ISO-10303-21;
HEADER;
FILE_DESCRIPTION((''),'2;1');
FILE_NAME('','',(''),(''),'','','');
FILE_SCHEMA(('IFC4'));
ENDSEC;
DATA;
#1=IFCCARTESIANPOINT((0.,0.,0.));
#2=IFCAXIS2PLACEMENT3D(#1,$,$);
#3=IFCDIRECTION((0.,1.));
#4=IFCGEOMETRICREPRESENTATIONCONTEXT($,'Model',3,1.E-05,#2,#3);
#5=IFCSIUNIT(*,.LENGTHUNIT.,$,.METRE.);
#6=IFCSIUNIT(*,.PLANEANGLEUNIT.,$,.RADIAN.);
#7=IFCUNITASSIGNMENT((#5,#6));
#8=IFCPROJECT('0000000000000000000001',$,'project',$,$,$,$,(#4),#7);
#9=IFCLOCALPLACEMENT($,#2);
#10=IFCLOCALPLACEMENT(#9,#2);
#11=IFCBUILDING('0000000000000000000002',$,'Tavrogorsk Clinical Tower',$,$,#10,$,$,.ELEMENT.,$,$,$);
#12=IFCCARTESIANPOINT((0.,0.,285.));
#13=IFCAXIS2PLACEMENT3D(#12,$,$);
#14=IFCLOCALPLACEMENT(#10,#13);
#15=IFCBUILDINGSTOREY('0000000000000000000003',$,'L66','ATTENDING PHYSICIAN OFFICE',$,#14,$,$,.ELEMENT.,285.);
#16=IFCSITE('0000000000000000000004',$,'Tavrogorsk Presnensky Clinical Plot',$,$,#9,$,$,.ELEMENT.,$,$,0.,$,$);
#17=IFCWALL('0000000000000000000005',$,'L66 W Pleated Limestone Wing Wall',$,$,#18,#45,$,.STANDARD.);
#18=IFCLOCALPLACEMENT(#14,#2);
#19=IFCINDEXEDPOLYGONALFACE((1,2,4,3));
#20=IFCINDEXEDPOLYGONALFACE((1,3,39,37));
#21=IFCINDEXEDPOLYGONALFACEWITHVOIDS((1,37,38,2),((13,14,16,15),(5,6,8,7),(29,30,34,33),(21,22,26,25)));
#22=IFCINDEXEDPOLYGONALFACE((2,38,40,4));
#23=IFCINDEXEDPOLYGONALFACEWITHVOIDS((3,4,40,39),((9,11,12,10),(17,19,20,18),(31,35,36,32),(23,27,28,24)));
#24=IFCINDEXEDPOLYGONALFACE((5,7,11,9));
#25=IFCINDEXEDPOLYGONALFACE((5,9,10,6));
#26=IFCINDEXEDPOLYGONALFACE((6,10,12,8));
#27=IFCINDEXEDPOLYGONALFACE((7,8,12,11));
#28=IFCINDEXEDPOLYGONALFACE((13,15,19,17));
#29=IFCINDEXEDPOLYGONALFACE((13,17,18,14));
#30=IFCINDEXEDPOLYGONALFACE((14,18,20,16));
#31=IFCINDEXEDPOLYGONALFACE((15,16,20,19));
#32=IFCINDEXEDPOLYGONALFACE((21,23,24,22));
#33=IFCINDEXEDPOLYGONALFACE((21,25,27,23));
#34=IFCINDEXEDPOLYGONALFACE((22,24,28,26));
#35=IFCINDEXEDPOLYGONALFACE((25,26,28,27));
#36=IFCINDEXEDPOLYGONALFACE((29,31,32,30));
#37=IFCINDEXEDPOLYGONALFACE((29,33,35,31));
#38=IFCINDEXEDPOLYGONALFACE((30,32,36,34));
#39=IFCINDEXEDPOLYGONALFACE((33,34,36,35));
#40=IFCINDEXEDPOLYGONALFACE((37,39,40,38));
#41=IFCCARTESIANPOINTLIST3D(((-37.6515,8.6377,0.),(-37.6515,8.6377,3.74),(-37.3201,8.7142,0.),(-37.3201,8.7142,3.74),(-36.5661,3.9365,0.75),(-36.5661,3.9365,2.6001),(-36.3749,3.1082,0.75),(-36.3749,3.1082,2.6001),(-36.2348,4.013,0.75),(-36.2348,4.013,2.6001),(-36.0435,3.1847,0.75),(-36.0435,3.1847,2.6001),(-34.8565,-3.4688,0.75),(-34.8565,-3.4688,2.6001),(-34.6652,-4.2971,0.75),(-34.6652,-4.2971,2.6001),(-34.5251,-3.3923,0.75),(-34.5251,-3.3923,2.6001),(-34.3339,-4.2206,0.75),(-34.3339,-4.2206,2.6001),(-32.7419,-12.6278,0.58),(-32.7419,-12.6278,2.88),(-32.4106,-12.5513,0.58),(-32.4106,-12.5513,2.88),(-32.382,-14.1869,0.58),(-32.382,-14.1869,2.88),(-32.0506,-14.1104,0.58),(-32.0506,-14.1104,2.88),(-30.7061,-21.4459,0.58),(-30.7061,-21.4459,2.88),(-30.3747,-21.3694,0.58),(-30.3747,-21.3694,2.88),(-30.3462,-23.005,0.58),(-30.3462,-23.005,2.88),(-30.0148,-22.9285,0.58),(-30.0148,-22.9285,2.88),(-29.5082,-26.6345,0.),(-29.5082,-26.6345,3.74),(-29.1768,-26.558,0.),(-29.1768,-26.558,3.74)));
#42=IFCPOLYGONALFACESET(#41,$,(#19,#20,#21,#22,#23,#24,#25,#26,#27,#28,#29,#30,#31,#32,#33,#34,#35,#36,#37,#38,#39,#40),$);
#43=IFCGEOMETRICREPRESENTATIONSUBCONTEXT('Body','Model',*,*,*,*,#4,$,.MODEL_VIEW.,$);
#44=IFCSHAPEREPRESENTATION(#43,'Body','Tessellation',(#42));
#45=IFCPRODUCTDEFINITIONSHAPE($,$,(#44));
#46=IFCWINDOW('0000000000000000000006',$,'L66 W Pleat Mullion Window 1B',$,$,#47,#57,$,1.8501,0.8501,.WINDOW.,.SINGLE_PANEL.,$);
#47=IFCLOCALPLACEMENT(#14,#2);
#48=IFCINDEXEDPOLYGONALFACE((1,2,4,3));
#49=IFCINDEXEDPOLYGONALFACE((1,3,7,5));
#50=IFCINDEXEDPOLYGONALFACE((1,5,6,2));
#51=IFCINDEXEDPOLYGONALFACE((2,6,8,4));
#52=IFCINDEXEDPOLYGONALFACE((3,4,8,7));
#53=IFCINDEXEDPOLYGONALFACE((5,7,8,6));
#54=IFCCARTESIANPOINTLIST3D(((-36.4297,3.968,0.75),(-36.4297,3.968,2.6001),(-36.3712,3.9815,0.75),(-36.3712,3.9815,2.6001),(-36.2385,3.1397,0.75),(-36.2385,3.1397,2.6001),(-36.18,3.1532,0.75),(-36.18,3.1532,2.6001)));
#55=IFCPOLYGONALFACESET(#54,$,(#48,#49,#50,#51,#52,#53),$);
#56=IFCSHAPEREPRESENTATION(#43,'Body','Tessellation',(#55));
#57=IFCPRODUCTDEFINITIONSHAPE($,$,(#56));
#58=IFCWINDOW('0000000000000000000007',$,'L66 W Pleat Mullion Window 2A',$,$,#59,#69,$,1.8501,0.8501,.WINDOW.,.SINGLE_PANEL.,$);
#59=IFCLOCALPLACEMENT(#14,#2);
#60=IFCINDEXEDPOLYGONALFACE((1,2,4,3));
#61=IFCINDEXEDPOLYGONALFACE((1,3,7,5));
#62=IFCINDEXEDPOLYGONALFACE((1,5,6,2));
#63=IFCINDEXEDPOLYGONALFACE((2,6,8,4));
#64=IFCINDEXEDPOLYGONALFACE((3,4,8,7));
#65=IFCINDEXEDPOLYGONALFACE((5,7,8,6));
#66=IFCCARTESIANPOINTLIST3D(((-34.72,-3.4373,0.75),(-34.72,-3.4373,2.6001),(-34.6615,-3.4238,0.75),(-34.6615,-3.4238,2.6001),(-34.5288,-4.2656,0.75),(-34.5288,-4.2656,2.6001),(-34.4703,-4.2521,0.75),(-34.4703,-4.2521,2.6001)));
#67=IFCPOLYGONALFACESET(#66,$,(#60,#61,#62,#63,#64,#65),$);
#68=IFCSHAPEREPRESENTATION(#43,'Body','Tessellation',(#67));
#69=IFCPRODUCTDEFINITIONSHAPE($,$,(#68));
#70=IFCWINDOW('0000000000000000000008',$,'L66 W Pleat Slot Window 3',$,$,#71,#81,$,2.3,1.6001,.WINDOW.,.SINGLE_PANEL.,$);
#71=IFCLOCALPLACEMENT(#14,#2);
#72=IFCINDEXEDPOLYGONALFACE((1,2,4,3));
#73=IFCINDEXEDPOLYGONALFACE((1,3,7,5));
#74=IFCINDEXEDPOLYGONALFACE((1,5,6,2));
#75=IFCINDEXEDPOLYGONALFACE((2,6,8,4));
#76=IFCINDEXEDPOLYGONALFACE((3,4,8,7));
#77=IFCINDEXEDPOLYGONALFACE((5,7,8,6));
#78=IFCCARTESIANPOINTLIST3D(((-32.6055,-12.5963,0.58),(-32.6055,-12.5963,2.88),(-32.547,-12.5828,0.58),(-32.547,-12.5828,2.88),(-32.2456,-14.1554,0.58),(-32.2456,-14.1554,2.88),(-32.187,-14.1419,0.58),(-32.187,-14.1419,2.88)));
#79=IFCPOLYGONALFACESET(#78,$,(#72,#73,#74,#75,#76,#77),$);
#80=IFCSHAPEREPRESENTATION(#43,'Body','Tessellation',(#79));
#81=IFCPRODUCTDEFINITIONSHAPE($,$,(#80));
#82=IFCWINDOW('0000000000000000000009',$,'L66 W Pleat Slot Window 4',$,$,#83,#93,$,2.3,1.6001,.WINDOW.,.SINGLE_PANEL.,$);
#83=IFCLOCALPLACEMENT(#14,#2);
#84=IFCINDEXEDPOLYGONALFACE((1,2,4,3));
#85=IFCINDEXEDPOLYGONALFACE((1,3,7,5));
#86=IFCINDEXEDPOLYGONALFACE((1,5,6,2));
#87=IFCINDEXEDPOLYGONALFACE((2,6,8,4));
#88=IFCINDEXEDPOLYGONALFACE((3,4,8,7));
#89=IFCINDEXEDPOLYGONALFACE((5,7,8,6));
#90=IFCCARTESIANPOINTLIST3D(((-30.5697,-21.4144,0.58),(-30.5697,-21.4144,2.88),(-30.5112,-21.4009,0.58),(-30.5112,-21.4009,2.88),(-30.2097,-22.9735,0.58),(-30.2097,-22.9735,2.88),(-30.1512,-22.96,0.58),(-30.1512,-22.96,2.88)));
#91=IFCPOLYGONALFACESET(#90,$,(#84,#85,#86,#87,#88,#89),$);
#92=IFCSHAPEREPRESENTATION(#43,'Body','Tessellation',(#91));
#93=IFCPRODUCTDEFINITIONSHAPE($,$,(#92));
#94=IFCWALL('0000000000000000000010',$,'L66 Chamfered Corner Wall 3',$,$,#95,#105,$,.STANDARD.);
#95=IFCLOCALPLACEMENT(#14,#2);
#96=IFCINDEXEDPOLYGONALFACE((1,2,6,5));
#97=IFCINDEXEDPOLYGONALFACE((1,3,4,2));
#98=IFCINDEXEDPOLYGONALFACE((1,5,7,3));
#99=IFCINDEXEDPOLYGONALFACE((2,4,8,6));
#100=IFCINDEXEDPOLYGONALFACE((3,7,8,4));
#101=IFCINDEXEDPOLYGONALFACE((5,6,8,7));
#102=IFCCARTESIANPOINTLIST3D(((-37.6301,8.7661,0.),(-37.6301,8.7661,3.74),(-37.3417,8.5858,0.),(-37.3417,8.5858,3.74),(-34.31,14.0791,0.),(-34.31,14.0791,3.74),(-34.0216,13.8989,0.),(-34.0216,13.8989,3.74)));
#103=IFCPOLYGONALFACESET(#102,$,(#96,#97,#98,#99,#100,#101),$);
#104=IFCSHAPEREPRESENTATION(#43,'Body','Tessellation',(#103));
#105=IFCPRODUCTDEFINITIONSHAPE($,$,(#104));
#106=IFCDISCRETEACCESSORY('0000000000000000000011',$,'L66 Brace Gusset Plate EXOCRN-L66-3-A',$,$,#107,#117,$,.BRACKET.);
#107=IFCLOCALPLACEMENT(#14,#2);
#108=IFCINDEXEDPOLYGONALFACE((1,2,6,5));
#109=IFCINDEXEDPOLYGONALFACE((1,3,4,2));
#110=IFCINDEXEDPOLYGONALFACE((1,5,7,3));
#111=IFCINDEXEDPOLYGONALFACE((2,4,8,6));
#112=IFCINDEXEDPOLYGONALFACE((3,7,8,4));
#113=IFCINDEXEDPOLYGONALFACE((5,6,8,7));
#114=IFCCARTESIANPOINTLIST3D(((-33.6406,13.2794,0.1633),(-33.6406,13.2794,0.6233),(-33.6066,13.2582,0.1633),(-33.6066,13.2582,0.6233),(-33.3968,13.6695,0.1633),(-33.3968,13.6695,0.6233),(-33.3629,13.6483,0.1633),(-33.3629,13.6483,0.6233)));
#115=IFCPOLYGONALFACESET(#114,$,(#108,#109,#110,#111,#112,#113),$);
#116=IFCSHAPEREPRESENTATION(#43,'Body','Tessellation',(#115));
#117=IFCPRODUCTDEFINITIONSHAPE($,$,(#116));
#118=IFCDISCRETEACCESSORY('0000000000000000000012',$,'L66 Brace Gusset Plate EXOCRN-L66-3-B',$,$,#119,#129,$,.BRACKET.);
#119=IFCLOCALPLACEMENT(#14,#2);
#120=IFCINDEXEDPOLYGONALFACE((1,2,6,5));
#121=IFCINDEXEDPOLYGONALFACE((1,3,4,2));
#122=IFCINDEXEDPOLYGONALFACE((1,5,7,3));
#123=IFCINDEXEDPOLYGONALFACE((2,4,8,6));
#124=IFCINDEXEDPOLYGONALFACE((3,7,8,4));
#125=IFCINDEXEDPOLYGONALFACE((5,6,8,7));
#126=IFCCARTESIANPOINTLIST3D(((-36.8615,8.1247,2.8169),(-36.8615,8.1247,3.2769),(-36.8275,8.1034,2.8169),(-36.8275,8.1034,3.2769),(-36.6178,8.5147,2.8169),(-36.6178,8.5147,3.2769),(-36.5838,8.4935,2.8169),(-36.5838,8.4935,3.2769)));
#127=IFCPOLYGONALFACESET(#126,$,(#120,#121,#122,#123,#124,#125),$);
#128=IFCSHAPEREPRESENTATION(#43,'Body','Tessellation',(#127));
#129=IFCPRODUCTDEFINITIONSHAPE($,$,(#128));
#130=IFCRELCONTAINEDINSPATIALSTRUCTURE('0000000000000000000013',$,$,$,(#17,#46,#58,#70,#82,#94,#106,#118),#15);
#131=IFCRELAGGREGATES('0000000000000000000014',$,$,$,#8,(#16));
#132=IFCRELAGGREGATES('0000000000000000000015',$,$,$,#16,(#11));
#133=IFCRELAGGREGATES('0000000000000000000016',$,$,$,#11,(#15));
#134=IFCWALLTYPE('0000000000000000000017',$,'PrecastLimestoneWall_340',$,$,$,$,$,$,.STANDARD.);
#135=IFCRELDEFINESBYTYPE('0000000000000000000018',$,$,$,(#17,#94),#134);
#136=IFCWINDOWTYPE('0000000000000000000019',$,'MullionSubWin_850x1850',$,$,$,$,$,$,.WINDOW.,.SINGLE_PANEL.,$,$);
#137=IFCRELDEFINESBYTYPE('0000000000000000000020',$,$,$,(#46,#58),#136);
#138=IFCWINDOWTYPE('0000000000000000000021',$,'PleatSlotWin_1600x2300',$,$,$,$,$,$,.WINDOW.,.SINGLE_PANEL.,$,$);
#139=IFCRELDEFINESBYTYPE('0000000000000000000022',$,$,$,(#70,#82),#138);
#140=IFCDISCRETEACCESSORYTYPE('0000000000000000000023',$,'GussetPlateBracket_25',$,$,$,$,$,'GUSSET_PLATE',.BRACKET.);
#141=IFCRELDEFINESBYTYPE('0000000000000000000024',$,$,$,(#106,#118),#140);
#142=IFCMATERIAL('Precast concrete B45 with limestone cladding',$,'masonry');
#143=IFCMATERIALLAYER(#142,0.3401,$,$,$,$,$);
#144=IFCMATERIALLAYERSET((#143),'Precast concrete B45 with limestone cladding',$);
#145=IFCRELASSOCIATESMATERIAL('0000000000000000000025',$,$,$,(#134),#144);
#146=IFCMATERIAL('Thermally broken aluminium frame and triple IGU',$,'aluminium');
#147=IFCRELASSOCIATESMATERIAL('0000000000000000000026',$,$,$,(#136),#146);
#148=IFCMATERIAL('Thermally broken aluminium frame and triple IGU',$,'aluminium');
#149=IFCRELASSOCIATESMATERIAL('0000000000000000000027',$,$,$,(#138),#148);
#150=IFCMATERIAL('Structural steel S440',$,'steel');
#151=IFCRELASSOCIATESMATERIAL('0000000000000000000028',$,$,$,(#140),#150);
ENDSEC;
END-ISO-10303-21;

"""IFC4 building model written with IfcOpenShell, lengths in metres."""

from ifc_helpers import new_model, si_unit, direction, frame, frame_2d, origin, origin_2d, place, context, subcontext, project, spatial, rectangle, extrude, material, layer, layer_set, type_object, element, fill, save


model = new_model("IFC4")

# Units and contexts
model_context = context("Model", 3, precision=1e-05, world=origin(), true_north=direction((0.0, 1.0)))
body_context = subcontext(model_context, "Body", "Model", "MODEL_VIEW")
ifc_project = project(units=[si_unit("LENGTHUNIT", "METRE"), si_unit("PLANEANGLEUNIT", "RADIAN")], contexts=[model_context])

# Site, building, storey
site_placement = place(None, origin())
site = spatial("IfcSite", under=ifc_project, at=site_placement, Name="Tavrogorsk Presnensky Clinical Plot", CompositionType="ELEMENT", RefElevation=0.0)
building_placement = place(site_placement, origin())
building = spatial("IfcBuilding", under=site, at=building_placement, Name="Tavrogorsk Clinical Tower", CompositionType="ELEMENT")
storey_placement = place(building_placement, frame((0.0, 0.0, 285.0)))
storey = spatial("IfcBuildingStorey", under=building, at=storey_placement, Name="L66", Description="ATTENDING PHYSICIAN OFFICE", CompositionType="ELEMENT", Elevation=285.0)

# Wall, openings, windows
ifc_material_1 = material(Name="Precast concrete B45 with limestone cladding", Category="masonry")
ifc_layer_1 = layer(ifc_material_1, 0.3401)
ifc_layer_set_1 = layer_set([ifc_layer_1], Name="Precast concrete B45 with limestone cladding")
wall_type_1 = type_object("IfcWallType", Name="PrecastLimestoneWall_340", PredefinedType="STANDARD", material=ifc_layer_set_1)
wall_1_placement = place(storey_placement, frame((-37.4858, 8.676, 0.0), z_axis=(0.0, 0.0, 1.0), x_axis=(0.224953, -0.97437, 0.0)))
wall_1 = element("IfcWall", 1, at=wall_1_placement, inside=storey, type_object=wall_type_1, Name="L66 W Pleated Limestone Wing Wall", PredefinedType="STANDARD", context=body_context, shape_type="SweptSolid", body=[
    extrude(rectangle(XDim=36.2, YDim=0.3401, at=frame_2d((18.1001, 0.0))), origin(), (0.0, 0.0, 1.0), 3.74),
])
opening_1_placement = place(wall_1_placement, frame((4.825, 0.0, 0.75)))
opening_1 = element("IfcOpeningElement", 2, at=opening_1_placement, cuts=wall_1, PredefinedType="OPENING", context=body_context, shape_type="SweptSolid", body=[
    extrude(rectangle(XDim=0.8501, YDim=1.8501, at=frame_2d((0.425, 0.925))), frame((0.0, 0.1799, 0.0), z_axis=(0.0, -1.0, 0.0), x_axis=(1.0, 0.0, 0.0)), (0.0, 0.0, 1.0), 0.3601),
])
opening_2_placement = place(wall_1_placement, frame((12.425, 0.0, 0.75)))
opening_2 = element("IfcOpeningElement", 3, at=opening_2_placement, cuts=wall_1, PredefinedType="OPENING", context=body_context, shape_type="SweptSolid", body=[
    extrude(rectangle(XDim=0.8501, YDim=1.8501, at=frame_2d((0.425, 0.925))), frame((0.0, 0.1799, 0.0), z_axis=(0.0, -1.0, 0.0), x_axis=(1.0, 0.0, 0.0)), (0.0, 0.0, 1.0), 0.3601),
])
opening_3_placement = place(wall_1_placement, frame((21.825, 0.0, 0.5801)))
opening_3 = element("IfcOpeningElement", 4, at=opening_3_placement, cuts=wall_1, PredefinedType="OPENING", context=body_context, shape_type="SweptSolid", body=[
    extrude(rectangle(XDim=1.6001, YDim=2.3, at=frame_2d((0.8, 1.1499))), frame((0.0, 0.1799, 0.0), z_axis=(0.0, -1.0, 0.0), x_axis=(1.0, 0.0, 0.0)), (0.0, 0.0, 1.0), 0.3601),
])
opening_4_placement = place(wall_1_placement, frame((30.875, 0.0, 0.5801)))
opening_4 = element("IfcOpeningElement", 5, at=opening_4_placement, cuts=wall_1, PredefinedType="OPENING", context=body_context, shape_type="SweptSolid", body=[
    extrude(rectangle(XDim=1.6001, YDim=2.3, at=frame_2d((0.8, 1.1499))), frame((0.0, 0.1799, 0.0), z_axis=(0.0, -1.0, 0.0), x_axis=(1.0, 0.0, 0.0)), (0.0, 0.0, 1.0), 0.3601),
])
ifc_material_2 = material(Name="Thermally broken aluminium frame and triple IGU", Category="aluminium")
window_type_1 = type_object("IfcWindowType", Name="MullionSubWin_850x1850", PartitioningType="SINGLE_PANEL", PredefinedType="WINDOW", material=ifc_material_2)
window_1_placement = place(opening_1_placement, origin())
window_1 = element("IfcWindow", 6, at=window_1_placement, inside=storey, type_object=window_type_1, Name="L66 W Pleat Mullion Window 1B", OverallHeight=1.8501, OverallWidth=0.8501, PartitioningType="SINGLE_PANEL", PredefinedType="WINDOW", context=body_context, shape_type="SweptSolid", body=[
    extrude(rectangle(XDim=0.8501, YDim=1.8501, at=frame_2d((0.425, 0.925))), frame((0.0, 0.03, 0.0), z_axis=(0.0, -1.0, 0.0), x_axis=(1.0, 0.0, 0.0)), (0.0, 0.0, 1.0), 0.0601),
])
fill(opening_1, window_1)
window_2_placement = place(opening_2_placement, origin())
window_2 = element("IfcWindow", 7, at=window_2_placement, inside=storey, type_object=window_type_1, Name="L66 W Pleat Mullion Window 2A", OverallHeight=1.8501, OverallWidth=0.8501, PartitioningType="SINGLE_PANEL", PredefinedType="WINDOW", context=body_context, shape_type="SweptSolid", body=[
    extrude(rectangle(XDim=0.8501, YDim=1.8501, at=frame_2d((0.425, 0.925))), frame((0.0, 0.03, 0.0), z_axis=(0.0, -1.0, 0.0), x_axis=(1.0, 0.0, 0.0)), (0.0, 0.0, 1.0), 0.0601),
])
fill(opening_2, window_2)
ifc_material_3 = material(Name="Thermally broken aluminium frame and triple IGU", Category="aluminium")
window_type_2 = type_object("IfcWindowType", Name="PleatSlotWin_1600x2300", PartitioningType="SINGLE_PANEL", PredefinedType="WINDOW", material=ifc_material_3)
window_3_placement = place(opening_3_placement, origin())
window_3 = element("IfcWindow", 8, at=window_3_placement, inside=storey, type_object=window_type_2, Name="L66 W Pleat Slot Window 3", OverallHeight=2.3, OverallWidth=1.6001, PartitioningType="SINGLE_PANEL", PredefinedType="WINDOW", context=body_context, shape_type="SweptSolid", body=[
    extrude(rectangle(XDim=1.6001, YDim=2.3, at=frame_2d((0.8, 1.1499))), frame((0.0, 0.03, 0.0), z_axis=(0.0, -1.0, 0.0), x_axis=(1.0, 0.0, 0.0)), (0.0, 0.0, 1.0), 0.0601),
])
fill(opening_3, window_3)
window_4_placement = place(opening_4_placement, origin())
window_4 = element("IfcWindow", 9, at=window_4_placement, inside=storey, type_object=window_type_2, Name="L66 W Pleat Slot Window 4", OverallHeight=2.3, OverallWidth=1.6001, PartitioningType="SINGLE_PANEL", PredefinedType="WINDOW", context=body_context, shape_type="SweptSolid", body=[
    extrude(rectangle(XDim=1.6001, YDim=2.3, at=frame_2d((0.8, 1.1499))), frame((0.0, 0.03, 0.0), z_axis=(0.0, -1.0, 0.0), x_axis=(1.0, 0.0, 0.0)), (0.0, 0.0, 1.0), 0.0601),
])
fill(opening_4, window_4)

# Wall
wall_2_placement = place(storey_placement, frame((-34.1658, 13.989, 0.0), z_axis=(0.0, 0.0, 1.0), x_axis=(-0.529936, -0.848038, 0.0)))
element("IfcWall", 10, at=wall_2_placement, inside=storey, type_object=wall_type_1, Name="L66 Chamfered Corner Wall 3", PredefinedType="STANDARD", context=body_context, shape_type="SweptSolid", body=[
    extrude(rectangle(XDim=6.2651, YDim=0.3401, at=frame_2d((3.1326, 0.0))), origin(), (0.0, 0.0, 1.0), 3.74),
])

# Discrete accessories
ifc_material_4 = material(Name="Structural steel S440", Category="steel")
discrete_accessory_type = type_object("IfcDiscreteAccessoryType", Name="GussetPlateBracket_25", ElementType="GUSSET_PLATE", PredefinedType="BRACKET", material=ifc_material_4)
for number, where, z_axis, x_axis, name in (
    (11, (-33.5017, 13.4639, 0.1633), (0.0, 0.0, 1.0), (-0.529919, -0.848048, 0.0), "L66 Brace Gusset Plate EXOCRN-L66-3-A"),
    (12, (-36.7227, 8.3091, 2.8169), (0.0, 0.0, 1.0), (-0.529919, -0.848048, 0.0), "L66 Brace Gusset Plate EXOCRN-L66-3-B"),
):
    element("IfcDiscreteAccessory", number, at=place(storey_placement, frame(where, z_axis=z_axis, x_axis=x_axis)), inside=storey, type_object=discrete_accessory_type, Name=name, PredefinedType="BRACKET", context=body_context, shape_type="SweptSolid", body=[
        extrude(rectangle(XDim=0.46, YDim=0.04, at=origin_2d()), origin(), (0.0, 0.0, 1.0), 0.46),
    ])

save(model, "model.ifc")
